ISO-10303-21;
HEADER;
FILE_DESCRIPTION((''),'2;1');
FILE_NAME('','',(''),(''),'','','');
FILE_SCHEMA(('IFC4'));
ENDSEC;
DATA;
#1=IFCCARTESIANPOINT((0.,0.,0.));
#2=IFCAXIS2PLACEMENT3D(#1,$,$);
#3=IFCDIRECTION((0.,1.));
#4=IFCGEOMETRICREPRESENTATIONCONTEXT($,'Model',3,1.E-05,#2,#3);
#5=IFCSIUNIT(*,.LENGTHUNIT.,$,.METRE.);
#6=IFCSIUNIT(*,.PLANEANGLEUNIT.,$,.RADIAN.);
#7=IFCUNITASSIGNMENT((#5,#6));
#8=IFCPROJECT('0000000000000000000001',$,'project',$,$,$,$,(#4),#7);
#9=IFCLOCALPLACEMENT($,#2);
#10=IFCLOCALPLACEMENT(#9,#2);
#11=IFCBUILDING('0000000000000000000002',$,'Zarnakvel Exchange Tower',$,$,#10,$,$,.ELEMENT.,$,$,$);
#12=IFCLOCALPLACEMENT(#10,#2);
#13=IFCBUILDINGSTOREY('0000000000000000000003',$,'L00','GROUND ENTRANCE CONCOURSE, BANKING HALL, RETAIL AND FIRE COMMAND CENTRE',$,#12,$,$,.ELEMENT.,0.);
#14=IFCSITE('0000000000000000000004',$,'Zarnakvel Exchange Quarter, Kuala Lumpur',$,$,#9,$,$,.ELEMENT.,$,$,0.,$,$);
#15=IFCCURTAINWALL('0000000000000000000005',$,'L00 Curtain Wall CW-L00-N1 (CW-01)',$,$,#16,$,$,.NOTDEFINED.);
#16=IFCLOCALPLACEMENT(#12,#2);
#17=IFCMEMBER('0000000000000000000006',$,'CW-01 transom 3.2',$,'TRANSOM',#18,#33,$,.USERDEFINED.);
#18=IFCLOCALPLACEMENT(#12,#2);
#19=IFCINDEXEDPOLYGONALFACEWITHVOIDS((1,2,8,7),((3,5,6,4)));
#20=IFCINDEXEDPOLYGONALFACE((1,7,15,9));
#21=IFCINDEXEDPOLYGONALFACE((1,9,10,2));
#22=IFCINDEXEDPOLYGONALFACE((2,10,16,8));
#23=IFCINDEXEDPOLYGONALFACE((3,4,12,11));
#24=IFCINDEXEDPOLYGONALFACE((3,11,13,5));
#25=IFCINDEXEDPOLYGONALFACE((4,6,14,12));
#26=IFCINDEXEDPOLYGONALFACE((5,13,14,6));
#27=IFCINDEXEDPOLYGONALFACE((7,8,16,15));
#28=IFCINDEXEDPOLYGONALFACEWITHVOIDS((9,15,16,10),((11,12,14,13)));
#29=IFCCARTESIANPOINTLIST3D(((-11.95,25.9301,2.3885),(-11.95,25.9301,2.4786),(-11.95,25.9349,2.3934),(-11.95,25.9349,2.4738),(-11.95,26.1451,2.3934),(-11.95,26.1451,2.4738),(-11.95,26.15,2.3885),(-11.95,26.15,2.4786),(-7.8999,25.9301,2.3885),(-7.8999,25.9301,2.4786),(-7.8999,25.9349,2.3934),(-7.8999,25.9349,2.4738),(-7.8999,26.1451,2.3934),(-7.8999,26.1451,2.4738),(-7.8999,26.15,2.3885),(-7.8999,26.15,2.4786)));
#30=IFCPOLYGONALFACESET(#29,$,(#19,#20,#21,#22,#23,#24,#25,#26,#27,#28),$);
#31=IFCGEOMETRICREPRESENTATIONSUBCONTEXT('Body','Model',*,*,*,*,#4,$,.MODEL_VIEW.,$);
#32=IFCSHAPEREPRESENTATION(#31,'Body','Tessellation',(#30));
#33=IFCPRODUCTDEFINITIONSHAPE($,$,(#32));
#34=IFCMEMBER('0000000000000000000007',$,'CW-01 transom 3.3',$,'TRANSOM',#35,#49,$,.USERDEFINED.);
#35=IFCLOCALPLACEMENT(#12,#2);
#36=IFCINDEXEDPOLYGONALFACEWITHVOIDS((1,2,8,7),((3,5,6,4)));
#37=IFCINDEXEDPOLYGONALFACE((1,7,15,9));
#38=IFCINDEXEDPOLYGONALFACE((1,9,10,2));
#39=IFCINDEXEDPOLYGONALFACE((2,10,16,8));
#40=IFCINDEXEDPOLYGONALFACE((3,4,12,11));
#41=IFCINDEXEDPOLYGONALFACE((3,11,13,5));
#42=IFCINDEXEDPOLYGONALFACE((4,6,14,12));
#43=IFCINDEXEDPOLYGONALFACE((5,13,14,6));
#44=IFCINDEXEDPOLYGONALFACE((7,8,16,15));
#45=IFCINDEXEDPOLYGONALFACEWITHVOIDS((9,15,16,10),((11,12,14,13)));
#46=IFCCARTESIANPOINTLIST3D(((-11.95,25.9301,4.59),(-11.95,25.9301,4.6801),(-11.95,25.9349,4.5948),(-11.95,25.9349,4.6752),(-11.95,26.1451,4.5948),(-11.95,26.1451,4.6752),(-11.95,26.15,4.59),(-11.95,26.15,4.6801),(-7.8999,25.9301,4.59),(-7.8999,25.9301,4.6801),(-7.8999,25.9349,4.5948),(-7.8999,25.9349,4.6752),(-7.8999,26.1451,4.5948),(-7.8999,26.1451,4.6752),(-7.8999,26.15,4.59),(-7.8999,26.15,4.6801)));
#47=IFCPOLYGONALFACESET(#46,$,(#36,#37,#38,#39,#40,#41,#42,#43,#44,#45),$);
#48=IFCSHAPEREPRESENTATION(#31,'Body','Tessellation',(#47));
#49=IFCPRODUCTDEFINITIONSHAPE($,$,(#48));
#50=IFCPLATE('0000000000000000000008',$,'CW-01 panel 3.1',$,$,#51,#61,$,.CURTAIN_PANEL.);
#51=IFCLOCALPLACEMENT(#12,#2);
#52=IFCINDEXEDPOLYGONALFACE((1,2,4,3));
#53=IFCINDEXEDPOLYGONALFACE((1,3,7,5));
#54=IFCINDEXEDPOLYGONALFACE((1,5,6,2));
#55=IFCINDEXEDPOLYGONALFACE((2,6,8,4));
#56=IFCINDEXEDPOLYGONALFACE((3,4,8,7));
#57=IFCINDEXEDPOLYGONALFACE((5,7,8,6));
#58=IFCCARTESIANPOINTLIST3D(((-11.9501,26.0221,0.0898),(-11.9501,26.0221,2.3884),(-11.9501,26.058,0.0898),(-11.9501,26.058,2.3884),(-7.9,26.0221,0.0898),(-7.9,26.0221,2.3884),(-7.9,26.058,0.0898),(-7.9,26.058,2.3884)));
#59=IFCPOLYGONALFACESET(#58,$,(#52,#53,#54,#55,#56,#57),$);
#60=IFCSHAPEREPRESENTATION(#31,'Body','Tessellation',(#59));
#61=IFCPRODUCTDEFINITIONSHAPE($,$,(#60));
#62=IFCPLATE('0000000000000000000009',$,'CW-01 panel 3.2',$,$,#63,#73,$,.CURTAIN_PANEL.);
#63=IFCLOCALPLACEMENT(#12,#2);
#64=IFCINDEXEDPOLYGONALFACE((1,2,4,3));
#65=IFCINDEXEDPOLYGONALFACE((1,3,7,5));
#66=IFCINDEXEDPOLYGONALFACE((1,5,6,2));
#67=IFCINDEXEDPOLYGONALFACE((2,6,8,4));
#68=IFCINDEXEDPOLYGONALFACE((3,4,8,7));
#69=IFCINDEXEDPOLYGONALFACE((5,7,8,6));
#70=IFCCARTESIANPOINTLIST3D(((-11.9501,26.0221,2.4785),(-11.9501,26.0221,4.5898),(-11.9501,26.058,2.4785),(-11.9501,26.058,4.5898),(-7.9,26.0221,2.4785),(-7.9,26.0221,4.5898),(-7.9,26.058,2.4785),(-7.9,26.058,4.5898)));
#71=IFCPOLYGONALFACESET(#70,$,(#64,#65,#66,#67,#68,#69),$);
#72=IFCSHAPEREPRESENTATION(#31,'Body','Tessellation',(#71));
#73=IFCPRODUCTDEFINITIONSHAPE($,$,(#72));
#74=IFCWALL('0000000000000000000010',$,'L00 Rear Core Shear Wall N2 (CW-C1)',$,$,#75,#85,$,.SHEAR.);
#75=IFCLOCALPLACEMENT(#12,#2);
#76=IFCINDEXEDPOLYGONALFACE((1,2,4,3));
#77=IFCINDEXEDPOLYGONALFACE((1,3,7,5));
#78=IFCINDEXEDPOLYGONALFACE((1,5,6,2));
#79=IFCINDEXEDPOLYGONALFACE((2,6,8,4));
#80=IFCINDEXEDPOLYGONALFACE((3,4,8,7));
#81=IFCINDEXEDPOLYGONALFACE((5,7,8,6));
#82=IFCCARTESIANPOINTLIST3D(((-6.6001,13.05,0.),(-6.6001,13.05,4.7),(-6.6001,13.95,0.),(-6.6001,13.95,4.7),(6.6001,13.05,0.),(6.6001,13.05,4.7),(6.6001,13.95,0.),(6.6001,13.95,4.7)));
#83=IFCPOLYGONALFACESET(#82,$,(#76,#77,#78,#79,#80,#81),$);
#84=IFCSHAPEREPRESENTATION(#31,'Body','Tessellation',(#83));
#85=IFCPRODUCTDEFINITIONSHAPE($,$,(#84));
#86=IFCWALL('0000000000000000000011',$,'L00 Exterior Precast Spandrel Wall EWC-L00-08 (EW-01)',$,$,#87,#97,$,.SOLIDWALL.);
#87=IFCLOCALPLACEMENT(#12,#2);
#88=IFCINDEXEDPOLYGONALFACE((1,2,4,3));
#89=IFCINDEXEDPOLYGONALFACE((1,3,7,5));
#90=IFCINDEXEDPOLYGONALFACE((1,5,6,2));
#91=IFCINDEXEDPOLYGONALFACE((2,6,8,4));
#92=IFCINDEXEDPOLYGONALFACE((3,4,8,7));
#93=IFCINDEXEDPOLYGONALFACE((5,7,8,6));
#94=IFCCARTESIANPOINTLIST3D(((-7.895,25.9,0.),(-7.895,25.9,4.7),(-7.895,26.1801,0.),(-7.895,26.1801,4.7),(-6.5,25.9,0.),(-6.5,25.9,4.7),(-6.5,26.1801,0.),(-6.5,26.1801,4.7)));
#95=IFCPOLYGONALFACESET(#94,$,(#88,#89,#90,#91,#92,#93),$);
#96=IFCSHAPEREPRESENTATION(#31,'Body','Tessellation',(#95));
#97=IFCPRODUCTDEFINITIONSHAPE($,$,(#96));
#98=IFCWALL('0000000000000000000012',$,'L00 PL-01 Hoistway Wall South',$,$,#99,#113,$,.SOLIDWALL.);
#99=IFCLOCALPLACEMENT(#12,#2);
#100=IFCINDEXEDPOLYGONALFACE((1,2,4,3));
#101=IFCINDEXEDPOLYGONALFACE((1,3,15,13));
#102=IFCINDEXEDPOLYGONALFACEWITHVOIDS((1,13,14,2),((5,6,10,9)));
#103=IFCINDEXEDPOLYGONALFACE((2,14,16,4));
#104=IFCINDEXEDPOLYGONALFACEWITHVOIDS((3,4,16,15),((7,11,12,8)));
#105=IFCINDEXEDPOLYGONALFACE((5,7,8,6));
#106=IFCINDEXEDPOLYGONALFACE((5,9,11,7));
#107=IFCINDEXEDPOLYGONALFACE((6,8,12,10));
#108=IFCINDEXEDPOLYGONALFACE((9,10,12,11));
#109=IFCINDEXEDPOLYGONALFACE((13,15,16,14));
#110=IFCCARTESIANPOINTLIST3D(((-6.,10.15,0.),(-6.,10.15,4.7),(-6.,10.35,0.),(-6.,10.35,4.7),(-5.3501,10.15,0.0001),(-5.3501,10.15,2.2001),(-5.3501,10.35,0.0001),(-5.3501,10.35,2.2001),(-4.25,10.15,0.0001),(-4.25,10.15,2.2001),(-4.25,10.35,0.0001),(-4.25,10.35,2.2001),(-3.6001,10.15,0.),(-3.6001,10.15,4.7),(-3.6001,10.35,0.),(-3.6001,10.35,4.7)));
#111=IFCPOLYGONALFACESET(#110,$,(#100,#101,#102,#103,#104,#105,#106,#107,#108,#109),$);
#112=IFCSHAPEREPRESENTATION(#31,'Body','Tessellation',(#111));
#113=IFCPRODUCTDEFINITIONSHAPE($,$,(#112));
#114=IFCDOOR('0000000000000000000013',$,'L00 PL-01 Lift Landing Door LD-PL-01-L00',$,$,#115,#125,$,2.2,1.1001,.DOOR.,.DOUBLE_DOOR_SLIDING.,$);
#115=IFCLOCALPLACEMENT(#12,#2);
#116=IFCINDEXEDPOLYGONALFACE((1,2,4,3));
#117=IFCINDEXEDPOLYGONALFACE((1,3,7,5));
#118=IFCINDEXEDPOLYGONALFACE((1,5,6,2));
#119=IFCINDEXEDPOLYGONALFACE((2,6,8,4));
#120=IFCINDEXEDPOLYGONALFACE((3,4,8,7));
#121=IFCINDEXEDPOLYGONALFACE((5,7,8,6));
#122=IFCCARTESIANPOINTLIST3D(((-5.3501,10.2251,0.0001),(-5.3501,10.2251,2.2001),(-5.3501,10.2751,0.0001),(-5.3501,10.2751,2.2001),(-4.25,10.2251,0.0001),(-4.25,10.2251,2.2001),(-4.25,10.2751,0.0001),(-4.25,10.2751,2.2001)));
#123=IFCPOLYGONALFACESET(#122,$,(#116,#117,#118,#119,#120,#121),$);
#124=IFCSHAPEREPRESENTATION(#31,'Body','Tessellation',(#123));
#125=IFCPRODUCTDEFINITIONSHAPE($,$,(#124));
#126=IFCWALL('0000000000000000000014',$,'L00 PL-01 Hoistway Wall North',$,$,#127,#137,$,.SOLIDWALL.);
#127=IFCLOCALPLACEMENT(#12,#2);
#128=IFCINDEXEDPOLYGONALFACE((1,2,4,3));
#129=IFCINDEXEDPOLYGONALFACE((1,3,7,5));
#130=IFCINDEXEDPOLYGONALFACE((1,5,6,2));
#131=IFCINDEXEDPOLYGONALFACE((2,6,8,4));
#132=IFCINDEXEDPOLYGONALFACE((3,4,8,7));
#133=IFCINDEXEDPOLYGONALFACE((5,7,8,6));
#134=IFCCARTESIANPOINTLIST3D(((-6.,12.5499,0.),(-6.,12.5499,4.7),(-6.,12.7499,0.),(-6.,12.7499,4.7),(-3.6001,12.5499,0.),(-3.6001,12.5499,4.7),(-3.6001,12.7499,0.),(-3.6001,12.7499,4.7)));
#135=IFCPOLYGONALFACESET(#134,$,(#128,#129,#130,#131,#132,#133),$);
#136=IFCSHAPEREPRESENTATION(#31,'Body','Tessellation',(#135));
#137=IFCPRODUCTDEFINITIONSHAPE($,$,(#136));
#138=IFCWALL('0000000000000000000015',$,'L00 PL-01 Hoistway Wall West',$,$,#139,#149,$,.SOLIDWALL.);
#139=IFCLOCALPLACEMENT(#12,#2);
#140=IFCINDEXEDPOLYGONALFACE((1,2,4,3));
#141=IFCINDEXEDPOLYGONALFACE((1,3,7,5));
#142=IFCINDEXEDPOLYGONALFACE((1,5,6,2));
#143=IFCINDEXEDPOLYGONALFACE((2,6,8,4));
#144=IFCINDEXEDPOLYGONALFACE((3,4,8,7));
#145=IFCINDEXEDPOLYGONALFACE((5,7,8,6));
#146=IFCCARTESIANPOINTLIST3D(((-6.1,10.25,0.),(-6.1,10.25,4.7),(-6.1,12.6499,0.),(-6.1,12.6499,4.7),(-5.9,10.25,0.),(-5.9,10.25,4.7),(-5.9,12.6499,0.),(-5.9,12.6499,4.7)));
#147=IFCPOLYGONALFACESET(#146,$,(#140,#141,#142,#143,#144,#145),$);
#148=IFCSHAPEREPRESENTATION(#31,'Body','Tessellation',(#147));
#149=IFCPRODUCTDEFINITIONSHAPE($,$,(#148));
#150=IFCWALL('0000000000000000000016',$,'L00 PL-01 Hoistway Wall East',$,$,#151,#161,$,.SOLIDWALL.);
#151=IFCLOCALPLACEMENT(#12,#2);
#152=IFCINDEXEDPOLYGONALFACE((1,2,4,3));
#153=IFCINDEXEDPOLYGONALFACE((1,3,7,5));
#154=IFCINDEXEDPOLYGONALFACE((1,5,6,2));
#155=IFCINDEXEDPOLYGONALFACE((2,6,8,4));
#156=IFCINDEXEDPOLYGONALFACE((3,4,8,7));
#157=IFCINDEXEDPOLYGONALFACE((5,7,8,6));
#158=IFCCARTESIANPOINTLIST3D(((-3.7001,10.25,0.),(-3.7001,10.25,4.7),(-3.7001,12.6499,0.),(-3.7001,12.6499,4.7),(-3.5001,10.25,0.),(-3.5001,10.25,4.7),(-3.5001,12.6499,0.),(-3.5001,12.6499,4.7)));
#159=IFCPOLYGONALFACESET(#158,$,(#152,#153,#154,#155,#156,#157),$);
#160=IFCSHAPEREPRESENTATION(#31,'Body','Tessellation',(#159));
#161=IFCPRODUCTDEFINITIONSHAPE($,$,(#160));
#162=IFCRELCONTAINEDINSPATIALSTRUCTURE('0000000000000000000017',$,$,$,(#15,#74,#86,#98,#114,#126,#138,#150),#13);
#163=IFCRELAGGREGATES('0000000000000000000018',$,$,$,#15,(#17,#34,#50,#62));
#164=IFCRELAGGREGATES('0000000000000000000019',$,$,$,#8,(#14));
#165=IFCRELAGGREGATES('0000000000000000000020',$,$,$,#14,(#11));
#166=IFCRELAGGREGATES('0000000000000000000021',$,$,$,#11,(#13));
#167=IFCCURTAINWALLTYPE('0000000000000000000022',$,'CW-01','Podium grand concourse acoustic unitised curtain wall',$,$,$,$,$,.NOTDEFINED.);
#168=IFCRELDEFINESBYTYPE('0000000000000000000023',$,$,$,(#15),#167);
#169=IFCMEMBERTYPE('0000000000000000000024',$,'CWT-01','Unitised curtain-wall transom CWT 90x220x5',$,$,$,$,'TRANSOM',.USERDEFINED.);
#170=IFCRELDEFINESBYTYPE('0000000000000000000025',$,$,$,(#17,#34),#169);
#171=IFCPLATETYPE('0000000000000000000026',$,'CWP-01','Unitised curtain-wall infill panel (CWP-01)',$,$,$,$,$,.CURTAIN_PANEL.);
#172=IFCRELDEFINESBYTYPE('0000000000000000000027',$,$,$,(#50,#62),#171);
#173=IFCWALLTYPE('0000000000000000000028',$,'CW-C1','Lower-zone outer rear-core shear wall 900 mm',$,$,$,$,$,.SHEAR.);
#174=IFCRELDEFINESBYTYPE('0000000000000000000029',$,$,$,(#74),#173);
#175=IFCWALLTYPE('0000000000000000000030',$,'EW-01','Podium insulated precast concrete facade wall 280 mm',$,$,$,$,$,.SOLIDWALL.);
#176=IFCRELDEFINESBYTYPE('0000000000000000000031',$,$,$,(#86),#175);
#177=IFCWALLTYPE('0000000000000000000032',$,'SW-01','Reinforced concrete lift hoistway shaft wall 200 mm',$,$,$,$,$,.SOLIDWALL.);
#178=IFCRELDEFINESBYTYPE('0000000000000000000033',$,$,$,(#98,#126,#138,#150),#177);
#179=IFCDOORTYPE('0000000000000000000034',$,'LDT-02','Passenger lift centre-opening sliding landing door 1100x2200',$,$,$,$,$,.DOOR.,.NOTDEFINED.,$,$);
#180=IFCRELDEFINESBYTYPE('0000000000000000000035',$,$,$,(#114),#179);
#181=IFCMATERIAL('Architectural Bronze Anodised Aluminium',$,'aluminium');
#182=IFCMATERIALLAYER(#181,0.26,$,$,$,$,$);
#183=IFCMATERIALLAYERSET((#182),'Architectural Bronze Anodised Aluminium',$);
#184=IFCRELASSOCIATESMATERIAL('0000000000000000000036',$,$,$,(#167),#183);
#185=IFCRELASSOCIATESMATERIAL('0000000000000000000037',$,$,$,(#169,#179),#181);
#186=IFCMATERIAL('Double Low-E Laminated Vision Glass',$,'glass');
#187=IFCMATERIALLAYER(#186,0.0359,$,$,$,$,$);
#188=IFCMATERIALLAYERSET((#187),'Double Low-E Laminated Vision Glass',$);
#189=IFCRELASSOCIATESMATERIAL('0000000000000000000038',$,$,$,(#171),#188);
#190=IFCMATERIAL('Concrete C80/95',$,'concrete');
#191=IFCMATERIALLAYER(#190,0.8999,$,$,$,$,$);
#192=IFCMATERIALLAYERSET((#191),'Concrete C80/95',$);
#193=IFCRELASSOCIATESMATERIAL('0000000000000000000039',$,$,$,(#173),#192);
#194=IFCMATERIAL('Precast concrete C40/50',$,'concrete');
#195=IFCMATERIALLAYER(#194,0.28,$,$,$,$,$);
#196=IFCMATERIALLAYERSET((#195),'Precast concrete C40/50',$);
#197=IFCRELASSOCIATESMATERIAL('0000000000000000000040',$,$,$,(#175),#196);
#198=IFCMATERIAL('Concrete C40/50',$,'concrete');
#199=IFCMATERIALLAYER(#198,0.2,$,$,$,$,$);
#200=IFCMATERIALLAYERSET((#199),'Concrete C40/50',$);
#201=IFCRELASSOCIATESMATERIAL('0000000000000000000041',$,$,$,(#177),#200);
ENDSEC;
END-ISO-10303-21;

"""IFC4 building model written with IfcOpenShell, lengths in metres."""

from ifc_helpers import new_model, si_unit, direction, frame, frame_2d, origin, origin_2d, place, context, subcontext, project, spatial, rectangle, hollow_rectangle, extrude, source, transform, mapped, material, layer, layer_set, material_profile, profile_set, type_object, element, fill, aggregate, save


model = new_model("IFC4")

# Units and contexts
model_context = context("Model", 3, precision=1e-05, world=origin(), true_north=direction((0.0, 1.0)))
body_context = subcontext(model_context, "Body", "Model", "MODEL_VIEW")
ifc_project = project(units=[si_unit("LENGTHUNIT", "METRE"), si_unit("PLANEANGLEUNIT", "RADIAN")], contexts=[model_context])

# Site, building, storey
site_placement = place(None, origin())
site = spatial("IfcSite", under=ifc_project, at=site_placement, Name="Zarnakvel Exchange Quarter, Kuala Lumpur", CompositionType="ELEMENT", RefElevation=0.0)
building_placement = place(site_placement, origin())
building = spatial("IfcBuilding", under=site, at=building_placement, Name="Zarnakvel Exchange Tower", CompositionType="ELEMENT")
storey_placement = place(building_placement, origin())
storey = spatial("IfcBuildingStorey", under=building, at=storey_placement, Name="L00", Description="GROUND ENTRANCE CONCOURSE, BANKING HALL, RETAIL AND FIRE COMMAND CENTRE", CompositionType="ELEMENT", Elevation=0.0)

# Shared definitions
ifc_material_1 = material(Name="Concrete C80/95", Category="concrete")

# Curtain wall, members, plates
ifc_material_2 = material(Name="Architectural Bronze Anodised Aluminium", Category="aluminium")
ifc_layer_1 = layer(ifc_material_2, 0.26)
ifc_layer_set_1 = layer_set([ifc_layer_1], Name="Architectural Bronze Anodised Aluminium")
curtain_wall_type = type_object("IfcCurtainWallType", Name="CW-01", Description="Podium grand concourse acoustic unitised curtain wall", PredefinedType="NOTDEFINED", material=ifc_layer_set_1)
curtain_wall_placement = place(storey_placement, origin())
curtain_wall = element("IfcCurtainWall", 1, at=curtain_wall_placement, inside=storey, type_object=curtain_wall_type, Name="L00 Curtain Wall CW-L00-N1 (CW-01)", PredefinedType="NOTDEFINED")
ifc_material_profile_1 = material_profile(ifc_material_2, hollow_rectangle(XDim=0.22, YDim=0.0901, WallThickness=0.0049, at=origin_2d()))
ifc_profile_set_1 = profile_set([ifc_material_profile_1], Name="Architectural Bronze Anodised Aluminium")
member_type_1 = type_object("IfcMemberType", Name="CWT-01", Description="Unitised curtain-wall transom CWT 90x220x5", ElementType="TRANSOM", PredefinedType="USERDEFINED", material=ifc_profile_set_1)
shared_shape_1 = source(origin(), body_context, "Body", "SweptSolid", [
    extrude(hollow_rectangle(XDim=0.22, YDim=0.0901, WallThickness=0.0049, at=origin_2d()), origin(), (0.0, 0.0, 1.0), 4.05),
])
member_1_placement = place(storey_placement, frame((-11.95, 26.04, 2.4336), z_axis=(1.0, 0.0, 0.0), x_axis=(0.0, 1.0, 0.0)))
member_1 = element("IfcMember", 2, at=member_1_placement, type_object=member_type_1, Name="CW-01 transom 3.2", ObjectType="TRANSOM", PredefinedType="USERDEFINED", context=body_context, shape_type="MappedRepresentation", body=[
    mapped(shared_shape_1, transform((0.0, 0.0, 0.0), x_axis=(1.0, 0.0, 0.0), y_axis=(0.0, 1.0, 0.0), z_axis=(0.0, 0.0, 1.0), scale=1.0)),
])
member_2_placement = place(storey_placement, frame((-11.95, 26.04, 4.635), z_axis=(1.0, 0.0, 0.0), x_axis=(0.0, 1.0, 0.0)))
member_2 = element("IfcMember", 3, at=member_2_placement, type_object=member_type_1, Name="CW-01 transom 3.3", ObjectType="TRANSOM", PredefinedType="USERDEFINED", context=body_context, shape_type="MappedRepresentation", body=[
    mapped(shared_shape_1, transform((0.0, 0.0, 0.0), x_axis=(1.0, 0.0, 0.0), y_axis=(0.0, 1.0, 0.0), z_axis=(0.0, 0.0, 1.0), scale=1.0)),
])
ifc_material_3 = material(Name="Double Low-E Laminated Vision Glass", Category="glass")
ifc_layer_2 = layer(ifc_material_3, 0.0359)
ifc_layer_set_2 = layer_set([ifc_layer_2], Name="Double Low-E Laminated Vision Glass")
plate_type = type_object("IfcPlateType", Name="CWP-01", Description="Unitised curtain-wall infill panel (CWP-01)", PredefinedType="CURTAIN_PANEL", material=ifc_layer_set_2)
shared_shape_2 = source(origin(), body_context, "Body", "SweptSolid", [
    extrude(rectangle(XDim=4.05, YDim=0.0359, at=origin_2d()), origin(), (0.0, 0.0, 1.0), 2.2986),
])
plate_1_placement = place(storey_placement, frame((-9.925, 26.04, 0.0898), z_axis=(0.0, 0.0, 1.0), x_axis=(1.0, 0.0, 0.0)))
plate_1 = element("IfcPlate", 4, at=plate_1_placement, type_object=plate_type, Name="CW-01 panel 3.1", PredefinedType="CURTAIN_PANEL", context=body_context, shape_type="MappedRepresentation", body=[
    mapped(shared_shape_2, transform((0.0, 0.0, 0.0), x_axis=(1.0, 0.0, 0.0), y_axis=(0.0, 1.0, 0.0), z_axis=(0.0, 0.0, 1.0), scale=1.0)),
])
shared_shape_3 = source(origin(), body_context, "Body", "SweptSolid", [
    extrude(rectangle(XDim=4.05, YDim=0.0359, at=origin_2d()), origin(), (0.0, 0.0, 1.0), 2.1113),
])
plate_2_placement = place(storey_placement, frame((-9.925, 26.04, 2.4785), z_axis=(0.0, 0.0, 1.0), x_axis=(1.0, 0.0, 0.0)))
plate_2 = element("IfcPlate", 5, at=plate_2_placement, type_object=plate_type, Name="CW-01 panel 3.2", PredefinedType="CURTAIN_PANEL", context=body_context, shape_type="MappedRepresentation", body=[
    mapped(shared_shape_3, transform((0.0, 0.0, 0.0), x_axis=(1.0, 0.0, 0.0), y_axis=(0.0, 1.0, 0.0), z_axis=(0.0, 0.0, 1.0), scale=1.0)),
])
aggregate(curtain_wall, [member_1, member_2, plate_1, plate_2])

# Wall
ifc_layer_3 = layer(ifc_material_1, 0.8999)
ifc_layer_set_3 = layer_set([ifc_layer_3], Name="Concrete C80/95")
wall_type_1 = type_object("IfcWallType", Name="CW-C1", Description="Lower-zone outer rear-core shear wall 900 mm", PredefinedType="SHEAR", material=ifc_layer_set_3)
wall_1_placement = place(storey_placement, frame((-6.6001, 13.5, 0.0), z_axis=(0.0, 0.0, 1.0), x_axis=(1.0, 0.0, 0.0)))
element("IfcWall", 6, at=wall_1_placement, inside=storey, type_object=wall_type_1, Name="L00 Rear Core Shear Wall N2 (CW-C1)", PredefinedType="SHEAR", context=body_context, shape_type="SweptSolid", body=[
    extrude(rectangle(XDim=13.2002, YDim=0.8999, at=frame_2d((6.6001, 0.0))), origin(), (0.0, 0.0, 1.0), 4.7),
])

# Shared definitions
ifc_material_4 = material(Name="Precast concrete C40/50", Category="concrete")
ifc_layer_4 = layer(ifc_material_4, 0.28)
ifc_layer_set_4 = layer_set([ifc_layer_4], Name="Precast concrete C40/50")
wall_type_2 = type_object("IfcWallType", Name="EW-01", Description="Podium insulated precast concrete facade wall 280 mm", PredefinedType="SOLIDWALL", material=ifc_layer_set_4)

# Wall
wall_2_placement = place(storey_placement, frame((-6.5, 26.04, 0.0), z_axis=(0.0, 0.0, 1.0), x_axis=(-1.0, 0.0, 0.0)))
element("IfcWall", 7, at=wall_2_placement, inside=storey, type_object=wall_type_2, Name="L00 Exterior Precast Spandrel Wall EWC-L00-08 (EW-01)", PredefinedType="SOLIDWALL", context=body_context, shape_type="SweptSolid", body=[
    extrude(rectangle(XDim=1.395, YDim=0.28, at=frame_2d((0.6975, 0.0))), origin(), (0.0, 0.0, 1.0), 4.7),
])

# Wall, opening, door
ifc_material_5 = material(Name="Concrete C40/50", Category="concrete")
ifc_layer_5 = layer(ifc_material_5, 0.2)
ifc_layer_set_5 = layer_set([ifc_layer_5], Name="Concrete C40/50")
wall_type_3 = type_object("IfcWallType", Name="SW-01", Description="Reinforced concrete lift hoistway shaft wall 200 mm", PredefinedType="SOLIDWALL", material=ifc_layer_set_5)
wall_3_placement = place(storey_placement, frame((-3.6001, 10.25, 0.0), z_axis=(0.0, 0.0, 1.0), x_axis=(-1.0, 0.0, 0.0)))
wall_3 = element("IfcWall", 8, at=wall_3_placement, inside=storey, type_object=wall_type_3, Name="L00 PL-01 Hoistway Wall South", PredefinedType="SOLIDWALL", context=body_context, shape_type="SweptSolid", body=[
    extrude(rectangle(XDim=2.3999, YDim=0.2, at=frame_2d((1.2, 0.0))), origin(), (0.0, 0.0, 1.0), 4.7),
])
opening_1_placement = place(wall_3_placement, frame((0.6499, 0.0, 0.0)))
opening_1 = element("IfcOpeningElement", 9, at=opening_1_placement, cuts=wall_3, PredefinedType="OPENING", context=body_context, shape_type="SweptSolid", body=[
    extrude(rectangle(XDim=1.1001, YDim=2.2, at=frame_2d((0.55, 1.1001))), frame((0.0, 0.1099, 0.0), z_axis=(0.0, -1.0, 0.0), x_axis=(1.0, 0.0, 0.0)), (0.0, 0.0, 1.0), 0.22),
])
door_type_1 = type_object("IfcDoorType", Name="LDT-02", Description="Passenger lift centre-opening sliding landing door 1100x2200", OperationType="NOTDEFINED", PredefinedType="DOOR", material=ifc_material_2)
shared_shape_4 = source(origin(), body_context, "Body", "SweptSolid", [
    extrude(rectangle(XDim=1.1001, YDim=2.2, at=frame_2d((0.55, 1.1001))), frame((0.0, 0.0249, 0.0), z_axis=(0.0, -1.0, 0.0), x_axis=(1.0, 0.0, 0.0)), (0.0, 0.0, 1.0), 0.05),
])
door_1_placement = place(opening_1_placement, origin())
door_1 = element("IfcDoor", 10, at=door_1_placement, inside=storey, type_object=door_type_1, Name="L00 PL-01 Lift Landing Door LD-PL-01-L00", OperationType="DOUBLE_DOOR_SLIDING", OverallHeight=2.2, OverallWidth=1.1001, PredefinedType="DOOR", context=body_context, shape_type="MappedRepresentation", body=[
    mapped(shared_shape_4, transform((0.0, 0.0, 0.0), x_axis=(1.0, 0.0, 0.0), y_axis=(0.0, 1.0, 0.0), z_axis=(0.0, 0.0, 1.0), scale=1.0)),
])
fill(opening_1, door_1)

# Walls
for number, where, z_axis, x_axis, name in (
    (11, (-6.0, 12.6499, 0.0), (0.0, 0.0, 1.0), (1.0, 0.0, 0.0), "L00 PL-01 Hoistway Wall North"),
    (12, (-6.0, 10.25, 0.0), (0.0, 0.0, 1.0), (0.0, 1.0, 0.0), "L00 PL-01 Hoistway Wall West"),
    (13, (-3.6001, 12.6499, 0.0), (0.0, 0.0, 1.0), (0.0, -1.0, 0.0), "L00 PL-01 Hoistway Wall East"),
):
    element("IfcWall", number, at=place(storey_placement, frame(where, z_axis=z_axis, x_axis=x_axis)), inside=storey, type_object=wall_type_3, Name=name, PredefinedType="SOLIDWALL", context=body_context, shape_type="SweptSolid", body=[
        extrude(rectangle(XDim=2.3999, YDim=0.2, at=frame_2d((1.2, 0.0))), origin(), (0.0, 0.0, 1.0), 4.7),
    ])

save(model, "model.ifc")
